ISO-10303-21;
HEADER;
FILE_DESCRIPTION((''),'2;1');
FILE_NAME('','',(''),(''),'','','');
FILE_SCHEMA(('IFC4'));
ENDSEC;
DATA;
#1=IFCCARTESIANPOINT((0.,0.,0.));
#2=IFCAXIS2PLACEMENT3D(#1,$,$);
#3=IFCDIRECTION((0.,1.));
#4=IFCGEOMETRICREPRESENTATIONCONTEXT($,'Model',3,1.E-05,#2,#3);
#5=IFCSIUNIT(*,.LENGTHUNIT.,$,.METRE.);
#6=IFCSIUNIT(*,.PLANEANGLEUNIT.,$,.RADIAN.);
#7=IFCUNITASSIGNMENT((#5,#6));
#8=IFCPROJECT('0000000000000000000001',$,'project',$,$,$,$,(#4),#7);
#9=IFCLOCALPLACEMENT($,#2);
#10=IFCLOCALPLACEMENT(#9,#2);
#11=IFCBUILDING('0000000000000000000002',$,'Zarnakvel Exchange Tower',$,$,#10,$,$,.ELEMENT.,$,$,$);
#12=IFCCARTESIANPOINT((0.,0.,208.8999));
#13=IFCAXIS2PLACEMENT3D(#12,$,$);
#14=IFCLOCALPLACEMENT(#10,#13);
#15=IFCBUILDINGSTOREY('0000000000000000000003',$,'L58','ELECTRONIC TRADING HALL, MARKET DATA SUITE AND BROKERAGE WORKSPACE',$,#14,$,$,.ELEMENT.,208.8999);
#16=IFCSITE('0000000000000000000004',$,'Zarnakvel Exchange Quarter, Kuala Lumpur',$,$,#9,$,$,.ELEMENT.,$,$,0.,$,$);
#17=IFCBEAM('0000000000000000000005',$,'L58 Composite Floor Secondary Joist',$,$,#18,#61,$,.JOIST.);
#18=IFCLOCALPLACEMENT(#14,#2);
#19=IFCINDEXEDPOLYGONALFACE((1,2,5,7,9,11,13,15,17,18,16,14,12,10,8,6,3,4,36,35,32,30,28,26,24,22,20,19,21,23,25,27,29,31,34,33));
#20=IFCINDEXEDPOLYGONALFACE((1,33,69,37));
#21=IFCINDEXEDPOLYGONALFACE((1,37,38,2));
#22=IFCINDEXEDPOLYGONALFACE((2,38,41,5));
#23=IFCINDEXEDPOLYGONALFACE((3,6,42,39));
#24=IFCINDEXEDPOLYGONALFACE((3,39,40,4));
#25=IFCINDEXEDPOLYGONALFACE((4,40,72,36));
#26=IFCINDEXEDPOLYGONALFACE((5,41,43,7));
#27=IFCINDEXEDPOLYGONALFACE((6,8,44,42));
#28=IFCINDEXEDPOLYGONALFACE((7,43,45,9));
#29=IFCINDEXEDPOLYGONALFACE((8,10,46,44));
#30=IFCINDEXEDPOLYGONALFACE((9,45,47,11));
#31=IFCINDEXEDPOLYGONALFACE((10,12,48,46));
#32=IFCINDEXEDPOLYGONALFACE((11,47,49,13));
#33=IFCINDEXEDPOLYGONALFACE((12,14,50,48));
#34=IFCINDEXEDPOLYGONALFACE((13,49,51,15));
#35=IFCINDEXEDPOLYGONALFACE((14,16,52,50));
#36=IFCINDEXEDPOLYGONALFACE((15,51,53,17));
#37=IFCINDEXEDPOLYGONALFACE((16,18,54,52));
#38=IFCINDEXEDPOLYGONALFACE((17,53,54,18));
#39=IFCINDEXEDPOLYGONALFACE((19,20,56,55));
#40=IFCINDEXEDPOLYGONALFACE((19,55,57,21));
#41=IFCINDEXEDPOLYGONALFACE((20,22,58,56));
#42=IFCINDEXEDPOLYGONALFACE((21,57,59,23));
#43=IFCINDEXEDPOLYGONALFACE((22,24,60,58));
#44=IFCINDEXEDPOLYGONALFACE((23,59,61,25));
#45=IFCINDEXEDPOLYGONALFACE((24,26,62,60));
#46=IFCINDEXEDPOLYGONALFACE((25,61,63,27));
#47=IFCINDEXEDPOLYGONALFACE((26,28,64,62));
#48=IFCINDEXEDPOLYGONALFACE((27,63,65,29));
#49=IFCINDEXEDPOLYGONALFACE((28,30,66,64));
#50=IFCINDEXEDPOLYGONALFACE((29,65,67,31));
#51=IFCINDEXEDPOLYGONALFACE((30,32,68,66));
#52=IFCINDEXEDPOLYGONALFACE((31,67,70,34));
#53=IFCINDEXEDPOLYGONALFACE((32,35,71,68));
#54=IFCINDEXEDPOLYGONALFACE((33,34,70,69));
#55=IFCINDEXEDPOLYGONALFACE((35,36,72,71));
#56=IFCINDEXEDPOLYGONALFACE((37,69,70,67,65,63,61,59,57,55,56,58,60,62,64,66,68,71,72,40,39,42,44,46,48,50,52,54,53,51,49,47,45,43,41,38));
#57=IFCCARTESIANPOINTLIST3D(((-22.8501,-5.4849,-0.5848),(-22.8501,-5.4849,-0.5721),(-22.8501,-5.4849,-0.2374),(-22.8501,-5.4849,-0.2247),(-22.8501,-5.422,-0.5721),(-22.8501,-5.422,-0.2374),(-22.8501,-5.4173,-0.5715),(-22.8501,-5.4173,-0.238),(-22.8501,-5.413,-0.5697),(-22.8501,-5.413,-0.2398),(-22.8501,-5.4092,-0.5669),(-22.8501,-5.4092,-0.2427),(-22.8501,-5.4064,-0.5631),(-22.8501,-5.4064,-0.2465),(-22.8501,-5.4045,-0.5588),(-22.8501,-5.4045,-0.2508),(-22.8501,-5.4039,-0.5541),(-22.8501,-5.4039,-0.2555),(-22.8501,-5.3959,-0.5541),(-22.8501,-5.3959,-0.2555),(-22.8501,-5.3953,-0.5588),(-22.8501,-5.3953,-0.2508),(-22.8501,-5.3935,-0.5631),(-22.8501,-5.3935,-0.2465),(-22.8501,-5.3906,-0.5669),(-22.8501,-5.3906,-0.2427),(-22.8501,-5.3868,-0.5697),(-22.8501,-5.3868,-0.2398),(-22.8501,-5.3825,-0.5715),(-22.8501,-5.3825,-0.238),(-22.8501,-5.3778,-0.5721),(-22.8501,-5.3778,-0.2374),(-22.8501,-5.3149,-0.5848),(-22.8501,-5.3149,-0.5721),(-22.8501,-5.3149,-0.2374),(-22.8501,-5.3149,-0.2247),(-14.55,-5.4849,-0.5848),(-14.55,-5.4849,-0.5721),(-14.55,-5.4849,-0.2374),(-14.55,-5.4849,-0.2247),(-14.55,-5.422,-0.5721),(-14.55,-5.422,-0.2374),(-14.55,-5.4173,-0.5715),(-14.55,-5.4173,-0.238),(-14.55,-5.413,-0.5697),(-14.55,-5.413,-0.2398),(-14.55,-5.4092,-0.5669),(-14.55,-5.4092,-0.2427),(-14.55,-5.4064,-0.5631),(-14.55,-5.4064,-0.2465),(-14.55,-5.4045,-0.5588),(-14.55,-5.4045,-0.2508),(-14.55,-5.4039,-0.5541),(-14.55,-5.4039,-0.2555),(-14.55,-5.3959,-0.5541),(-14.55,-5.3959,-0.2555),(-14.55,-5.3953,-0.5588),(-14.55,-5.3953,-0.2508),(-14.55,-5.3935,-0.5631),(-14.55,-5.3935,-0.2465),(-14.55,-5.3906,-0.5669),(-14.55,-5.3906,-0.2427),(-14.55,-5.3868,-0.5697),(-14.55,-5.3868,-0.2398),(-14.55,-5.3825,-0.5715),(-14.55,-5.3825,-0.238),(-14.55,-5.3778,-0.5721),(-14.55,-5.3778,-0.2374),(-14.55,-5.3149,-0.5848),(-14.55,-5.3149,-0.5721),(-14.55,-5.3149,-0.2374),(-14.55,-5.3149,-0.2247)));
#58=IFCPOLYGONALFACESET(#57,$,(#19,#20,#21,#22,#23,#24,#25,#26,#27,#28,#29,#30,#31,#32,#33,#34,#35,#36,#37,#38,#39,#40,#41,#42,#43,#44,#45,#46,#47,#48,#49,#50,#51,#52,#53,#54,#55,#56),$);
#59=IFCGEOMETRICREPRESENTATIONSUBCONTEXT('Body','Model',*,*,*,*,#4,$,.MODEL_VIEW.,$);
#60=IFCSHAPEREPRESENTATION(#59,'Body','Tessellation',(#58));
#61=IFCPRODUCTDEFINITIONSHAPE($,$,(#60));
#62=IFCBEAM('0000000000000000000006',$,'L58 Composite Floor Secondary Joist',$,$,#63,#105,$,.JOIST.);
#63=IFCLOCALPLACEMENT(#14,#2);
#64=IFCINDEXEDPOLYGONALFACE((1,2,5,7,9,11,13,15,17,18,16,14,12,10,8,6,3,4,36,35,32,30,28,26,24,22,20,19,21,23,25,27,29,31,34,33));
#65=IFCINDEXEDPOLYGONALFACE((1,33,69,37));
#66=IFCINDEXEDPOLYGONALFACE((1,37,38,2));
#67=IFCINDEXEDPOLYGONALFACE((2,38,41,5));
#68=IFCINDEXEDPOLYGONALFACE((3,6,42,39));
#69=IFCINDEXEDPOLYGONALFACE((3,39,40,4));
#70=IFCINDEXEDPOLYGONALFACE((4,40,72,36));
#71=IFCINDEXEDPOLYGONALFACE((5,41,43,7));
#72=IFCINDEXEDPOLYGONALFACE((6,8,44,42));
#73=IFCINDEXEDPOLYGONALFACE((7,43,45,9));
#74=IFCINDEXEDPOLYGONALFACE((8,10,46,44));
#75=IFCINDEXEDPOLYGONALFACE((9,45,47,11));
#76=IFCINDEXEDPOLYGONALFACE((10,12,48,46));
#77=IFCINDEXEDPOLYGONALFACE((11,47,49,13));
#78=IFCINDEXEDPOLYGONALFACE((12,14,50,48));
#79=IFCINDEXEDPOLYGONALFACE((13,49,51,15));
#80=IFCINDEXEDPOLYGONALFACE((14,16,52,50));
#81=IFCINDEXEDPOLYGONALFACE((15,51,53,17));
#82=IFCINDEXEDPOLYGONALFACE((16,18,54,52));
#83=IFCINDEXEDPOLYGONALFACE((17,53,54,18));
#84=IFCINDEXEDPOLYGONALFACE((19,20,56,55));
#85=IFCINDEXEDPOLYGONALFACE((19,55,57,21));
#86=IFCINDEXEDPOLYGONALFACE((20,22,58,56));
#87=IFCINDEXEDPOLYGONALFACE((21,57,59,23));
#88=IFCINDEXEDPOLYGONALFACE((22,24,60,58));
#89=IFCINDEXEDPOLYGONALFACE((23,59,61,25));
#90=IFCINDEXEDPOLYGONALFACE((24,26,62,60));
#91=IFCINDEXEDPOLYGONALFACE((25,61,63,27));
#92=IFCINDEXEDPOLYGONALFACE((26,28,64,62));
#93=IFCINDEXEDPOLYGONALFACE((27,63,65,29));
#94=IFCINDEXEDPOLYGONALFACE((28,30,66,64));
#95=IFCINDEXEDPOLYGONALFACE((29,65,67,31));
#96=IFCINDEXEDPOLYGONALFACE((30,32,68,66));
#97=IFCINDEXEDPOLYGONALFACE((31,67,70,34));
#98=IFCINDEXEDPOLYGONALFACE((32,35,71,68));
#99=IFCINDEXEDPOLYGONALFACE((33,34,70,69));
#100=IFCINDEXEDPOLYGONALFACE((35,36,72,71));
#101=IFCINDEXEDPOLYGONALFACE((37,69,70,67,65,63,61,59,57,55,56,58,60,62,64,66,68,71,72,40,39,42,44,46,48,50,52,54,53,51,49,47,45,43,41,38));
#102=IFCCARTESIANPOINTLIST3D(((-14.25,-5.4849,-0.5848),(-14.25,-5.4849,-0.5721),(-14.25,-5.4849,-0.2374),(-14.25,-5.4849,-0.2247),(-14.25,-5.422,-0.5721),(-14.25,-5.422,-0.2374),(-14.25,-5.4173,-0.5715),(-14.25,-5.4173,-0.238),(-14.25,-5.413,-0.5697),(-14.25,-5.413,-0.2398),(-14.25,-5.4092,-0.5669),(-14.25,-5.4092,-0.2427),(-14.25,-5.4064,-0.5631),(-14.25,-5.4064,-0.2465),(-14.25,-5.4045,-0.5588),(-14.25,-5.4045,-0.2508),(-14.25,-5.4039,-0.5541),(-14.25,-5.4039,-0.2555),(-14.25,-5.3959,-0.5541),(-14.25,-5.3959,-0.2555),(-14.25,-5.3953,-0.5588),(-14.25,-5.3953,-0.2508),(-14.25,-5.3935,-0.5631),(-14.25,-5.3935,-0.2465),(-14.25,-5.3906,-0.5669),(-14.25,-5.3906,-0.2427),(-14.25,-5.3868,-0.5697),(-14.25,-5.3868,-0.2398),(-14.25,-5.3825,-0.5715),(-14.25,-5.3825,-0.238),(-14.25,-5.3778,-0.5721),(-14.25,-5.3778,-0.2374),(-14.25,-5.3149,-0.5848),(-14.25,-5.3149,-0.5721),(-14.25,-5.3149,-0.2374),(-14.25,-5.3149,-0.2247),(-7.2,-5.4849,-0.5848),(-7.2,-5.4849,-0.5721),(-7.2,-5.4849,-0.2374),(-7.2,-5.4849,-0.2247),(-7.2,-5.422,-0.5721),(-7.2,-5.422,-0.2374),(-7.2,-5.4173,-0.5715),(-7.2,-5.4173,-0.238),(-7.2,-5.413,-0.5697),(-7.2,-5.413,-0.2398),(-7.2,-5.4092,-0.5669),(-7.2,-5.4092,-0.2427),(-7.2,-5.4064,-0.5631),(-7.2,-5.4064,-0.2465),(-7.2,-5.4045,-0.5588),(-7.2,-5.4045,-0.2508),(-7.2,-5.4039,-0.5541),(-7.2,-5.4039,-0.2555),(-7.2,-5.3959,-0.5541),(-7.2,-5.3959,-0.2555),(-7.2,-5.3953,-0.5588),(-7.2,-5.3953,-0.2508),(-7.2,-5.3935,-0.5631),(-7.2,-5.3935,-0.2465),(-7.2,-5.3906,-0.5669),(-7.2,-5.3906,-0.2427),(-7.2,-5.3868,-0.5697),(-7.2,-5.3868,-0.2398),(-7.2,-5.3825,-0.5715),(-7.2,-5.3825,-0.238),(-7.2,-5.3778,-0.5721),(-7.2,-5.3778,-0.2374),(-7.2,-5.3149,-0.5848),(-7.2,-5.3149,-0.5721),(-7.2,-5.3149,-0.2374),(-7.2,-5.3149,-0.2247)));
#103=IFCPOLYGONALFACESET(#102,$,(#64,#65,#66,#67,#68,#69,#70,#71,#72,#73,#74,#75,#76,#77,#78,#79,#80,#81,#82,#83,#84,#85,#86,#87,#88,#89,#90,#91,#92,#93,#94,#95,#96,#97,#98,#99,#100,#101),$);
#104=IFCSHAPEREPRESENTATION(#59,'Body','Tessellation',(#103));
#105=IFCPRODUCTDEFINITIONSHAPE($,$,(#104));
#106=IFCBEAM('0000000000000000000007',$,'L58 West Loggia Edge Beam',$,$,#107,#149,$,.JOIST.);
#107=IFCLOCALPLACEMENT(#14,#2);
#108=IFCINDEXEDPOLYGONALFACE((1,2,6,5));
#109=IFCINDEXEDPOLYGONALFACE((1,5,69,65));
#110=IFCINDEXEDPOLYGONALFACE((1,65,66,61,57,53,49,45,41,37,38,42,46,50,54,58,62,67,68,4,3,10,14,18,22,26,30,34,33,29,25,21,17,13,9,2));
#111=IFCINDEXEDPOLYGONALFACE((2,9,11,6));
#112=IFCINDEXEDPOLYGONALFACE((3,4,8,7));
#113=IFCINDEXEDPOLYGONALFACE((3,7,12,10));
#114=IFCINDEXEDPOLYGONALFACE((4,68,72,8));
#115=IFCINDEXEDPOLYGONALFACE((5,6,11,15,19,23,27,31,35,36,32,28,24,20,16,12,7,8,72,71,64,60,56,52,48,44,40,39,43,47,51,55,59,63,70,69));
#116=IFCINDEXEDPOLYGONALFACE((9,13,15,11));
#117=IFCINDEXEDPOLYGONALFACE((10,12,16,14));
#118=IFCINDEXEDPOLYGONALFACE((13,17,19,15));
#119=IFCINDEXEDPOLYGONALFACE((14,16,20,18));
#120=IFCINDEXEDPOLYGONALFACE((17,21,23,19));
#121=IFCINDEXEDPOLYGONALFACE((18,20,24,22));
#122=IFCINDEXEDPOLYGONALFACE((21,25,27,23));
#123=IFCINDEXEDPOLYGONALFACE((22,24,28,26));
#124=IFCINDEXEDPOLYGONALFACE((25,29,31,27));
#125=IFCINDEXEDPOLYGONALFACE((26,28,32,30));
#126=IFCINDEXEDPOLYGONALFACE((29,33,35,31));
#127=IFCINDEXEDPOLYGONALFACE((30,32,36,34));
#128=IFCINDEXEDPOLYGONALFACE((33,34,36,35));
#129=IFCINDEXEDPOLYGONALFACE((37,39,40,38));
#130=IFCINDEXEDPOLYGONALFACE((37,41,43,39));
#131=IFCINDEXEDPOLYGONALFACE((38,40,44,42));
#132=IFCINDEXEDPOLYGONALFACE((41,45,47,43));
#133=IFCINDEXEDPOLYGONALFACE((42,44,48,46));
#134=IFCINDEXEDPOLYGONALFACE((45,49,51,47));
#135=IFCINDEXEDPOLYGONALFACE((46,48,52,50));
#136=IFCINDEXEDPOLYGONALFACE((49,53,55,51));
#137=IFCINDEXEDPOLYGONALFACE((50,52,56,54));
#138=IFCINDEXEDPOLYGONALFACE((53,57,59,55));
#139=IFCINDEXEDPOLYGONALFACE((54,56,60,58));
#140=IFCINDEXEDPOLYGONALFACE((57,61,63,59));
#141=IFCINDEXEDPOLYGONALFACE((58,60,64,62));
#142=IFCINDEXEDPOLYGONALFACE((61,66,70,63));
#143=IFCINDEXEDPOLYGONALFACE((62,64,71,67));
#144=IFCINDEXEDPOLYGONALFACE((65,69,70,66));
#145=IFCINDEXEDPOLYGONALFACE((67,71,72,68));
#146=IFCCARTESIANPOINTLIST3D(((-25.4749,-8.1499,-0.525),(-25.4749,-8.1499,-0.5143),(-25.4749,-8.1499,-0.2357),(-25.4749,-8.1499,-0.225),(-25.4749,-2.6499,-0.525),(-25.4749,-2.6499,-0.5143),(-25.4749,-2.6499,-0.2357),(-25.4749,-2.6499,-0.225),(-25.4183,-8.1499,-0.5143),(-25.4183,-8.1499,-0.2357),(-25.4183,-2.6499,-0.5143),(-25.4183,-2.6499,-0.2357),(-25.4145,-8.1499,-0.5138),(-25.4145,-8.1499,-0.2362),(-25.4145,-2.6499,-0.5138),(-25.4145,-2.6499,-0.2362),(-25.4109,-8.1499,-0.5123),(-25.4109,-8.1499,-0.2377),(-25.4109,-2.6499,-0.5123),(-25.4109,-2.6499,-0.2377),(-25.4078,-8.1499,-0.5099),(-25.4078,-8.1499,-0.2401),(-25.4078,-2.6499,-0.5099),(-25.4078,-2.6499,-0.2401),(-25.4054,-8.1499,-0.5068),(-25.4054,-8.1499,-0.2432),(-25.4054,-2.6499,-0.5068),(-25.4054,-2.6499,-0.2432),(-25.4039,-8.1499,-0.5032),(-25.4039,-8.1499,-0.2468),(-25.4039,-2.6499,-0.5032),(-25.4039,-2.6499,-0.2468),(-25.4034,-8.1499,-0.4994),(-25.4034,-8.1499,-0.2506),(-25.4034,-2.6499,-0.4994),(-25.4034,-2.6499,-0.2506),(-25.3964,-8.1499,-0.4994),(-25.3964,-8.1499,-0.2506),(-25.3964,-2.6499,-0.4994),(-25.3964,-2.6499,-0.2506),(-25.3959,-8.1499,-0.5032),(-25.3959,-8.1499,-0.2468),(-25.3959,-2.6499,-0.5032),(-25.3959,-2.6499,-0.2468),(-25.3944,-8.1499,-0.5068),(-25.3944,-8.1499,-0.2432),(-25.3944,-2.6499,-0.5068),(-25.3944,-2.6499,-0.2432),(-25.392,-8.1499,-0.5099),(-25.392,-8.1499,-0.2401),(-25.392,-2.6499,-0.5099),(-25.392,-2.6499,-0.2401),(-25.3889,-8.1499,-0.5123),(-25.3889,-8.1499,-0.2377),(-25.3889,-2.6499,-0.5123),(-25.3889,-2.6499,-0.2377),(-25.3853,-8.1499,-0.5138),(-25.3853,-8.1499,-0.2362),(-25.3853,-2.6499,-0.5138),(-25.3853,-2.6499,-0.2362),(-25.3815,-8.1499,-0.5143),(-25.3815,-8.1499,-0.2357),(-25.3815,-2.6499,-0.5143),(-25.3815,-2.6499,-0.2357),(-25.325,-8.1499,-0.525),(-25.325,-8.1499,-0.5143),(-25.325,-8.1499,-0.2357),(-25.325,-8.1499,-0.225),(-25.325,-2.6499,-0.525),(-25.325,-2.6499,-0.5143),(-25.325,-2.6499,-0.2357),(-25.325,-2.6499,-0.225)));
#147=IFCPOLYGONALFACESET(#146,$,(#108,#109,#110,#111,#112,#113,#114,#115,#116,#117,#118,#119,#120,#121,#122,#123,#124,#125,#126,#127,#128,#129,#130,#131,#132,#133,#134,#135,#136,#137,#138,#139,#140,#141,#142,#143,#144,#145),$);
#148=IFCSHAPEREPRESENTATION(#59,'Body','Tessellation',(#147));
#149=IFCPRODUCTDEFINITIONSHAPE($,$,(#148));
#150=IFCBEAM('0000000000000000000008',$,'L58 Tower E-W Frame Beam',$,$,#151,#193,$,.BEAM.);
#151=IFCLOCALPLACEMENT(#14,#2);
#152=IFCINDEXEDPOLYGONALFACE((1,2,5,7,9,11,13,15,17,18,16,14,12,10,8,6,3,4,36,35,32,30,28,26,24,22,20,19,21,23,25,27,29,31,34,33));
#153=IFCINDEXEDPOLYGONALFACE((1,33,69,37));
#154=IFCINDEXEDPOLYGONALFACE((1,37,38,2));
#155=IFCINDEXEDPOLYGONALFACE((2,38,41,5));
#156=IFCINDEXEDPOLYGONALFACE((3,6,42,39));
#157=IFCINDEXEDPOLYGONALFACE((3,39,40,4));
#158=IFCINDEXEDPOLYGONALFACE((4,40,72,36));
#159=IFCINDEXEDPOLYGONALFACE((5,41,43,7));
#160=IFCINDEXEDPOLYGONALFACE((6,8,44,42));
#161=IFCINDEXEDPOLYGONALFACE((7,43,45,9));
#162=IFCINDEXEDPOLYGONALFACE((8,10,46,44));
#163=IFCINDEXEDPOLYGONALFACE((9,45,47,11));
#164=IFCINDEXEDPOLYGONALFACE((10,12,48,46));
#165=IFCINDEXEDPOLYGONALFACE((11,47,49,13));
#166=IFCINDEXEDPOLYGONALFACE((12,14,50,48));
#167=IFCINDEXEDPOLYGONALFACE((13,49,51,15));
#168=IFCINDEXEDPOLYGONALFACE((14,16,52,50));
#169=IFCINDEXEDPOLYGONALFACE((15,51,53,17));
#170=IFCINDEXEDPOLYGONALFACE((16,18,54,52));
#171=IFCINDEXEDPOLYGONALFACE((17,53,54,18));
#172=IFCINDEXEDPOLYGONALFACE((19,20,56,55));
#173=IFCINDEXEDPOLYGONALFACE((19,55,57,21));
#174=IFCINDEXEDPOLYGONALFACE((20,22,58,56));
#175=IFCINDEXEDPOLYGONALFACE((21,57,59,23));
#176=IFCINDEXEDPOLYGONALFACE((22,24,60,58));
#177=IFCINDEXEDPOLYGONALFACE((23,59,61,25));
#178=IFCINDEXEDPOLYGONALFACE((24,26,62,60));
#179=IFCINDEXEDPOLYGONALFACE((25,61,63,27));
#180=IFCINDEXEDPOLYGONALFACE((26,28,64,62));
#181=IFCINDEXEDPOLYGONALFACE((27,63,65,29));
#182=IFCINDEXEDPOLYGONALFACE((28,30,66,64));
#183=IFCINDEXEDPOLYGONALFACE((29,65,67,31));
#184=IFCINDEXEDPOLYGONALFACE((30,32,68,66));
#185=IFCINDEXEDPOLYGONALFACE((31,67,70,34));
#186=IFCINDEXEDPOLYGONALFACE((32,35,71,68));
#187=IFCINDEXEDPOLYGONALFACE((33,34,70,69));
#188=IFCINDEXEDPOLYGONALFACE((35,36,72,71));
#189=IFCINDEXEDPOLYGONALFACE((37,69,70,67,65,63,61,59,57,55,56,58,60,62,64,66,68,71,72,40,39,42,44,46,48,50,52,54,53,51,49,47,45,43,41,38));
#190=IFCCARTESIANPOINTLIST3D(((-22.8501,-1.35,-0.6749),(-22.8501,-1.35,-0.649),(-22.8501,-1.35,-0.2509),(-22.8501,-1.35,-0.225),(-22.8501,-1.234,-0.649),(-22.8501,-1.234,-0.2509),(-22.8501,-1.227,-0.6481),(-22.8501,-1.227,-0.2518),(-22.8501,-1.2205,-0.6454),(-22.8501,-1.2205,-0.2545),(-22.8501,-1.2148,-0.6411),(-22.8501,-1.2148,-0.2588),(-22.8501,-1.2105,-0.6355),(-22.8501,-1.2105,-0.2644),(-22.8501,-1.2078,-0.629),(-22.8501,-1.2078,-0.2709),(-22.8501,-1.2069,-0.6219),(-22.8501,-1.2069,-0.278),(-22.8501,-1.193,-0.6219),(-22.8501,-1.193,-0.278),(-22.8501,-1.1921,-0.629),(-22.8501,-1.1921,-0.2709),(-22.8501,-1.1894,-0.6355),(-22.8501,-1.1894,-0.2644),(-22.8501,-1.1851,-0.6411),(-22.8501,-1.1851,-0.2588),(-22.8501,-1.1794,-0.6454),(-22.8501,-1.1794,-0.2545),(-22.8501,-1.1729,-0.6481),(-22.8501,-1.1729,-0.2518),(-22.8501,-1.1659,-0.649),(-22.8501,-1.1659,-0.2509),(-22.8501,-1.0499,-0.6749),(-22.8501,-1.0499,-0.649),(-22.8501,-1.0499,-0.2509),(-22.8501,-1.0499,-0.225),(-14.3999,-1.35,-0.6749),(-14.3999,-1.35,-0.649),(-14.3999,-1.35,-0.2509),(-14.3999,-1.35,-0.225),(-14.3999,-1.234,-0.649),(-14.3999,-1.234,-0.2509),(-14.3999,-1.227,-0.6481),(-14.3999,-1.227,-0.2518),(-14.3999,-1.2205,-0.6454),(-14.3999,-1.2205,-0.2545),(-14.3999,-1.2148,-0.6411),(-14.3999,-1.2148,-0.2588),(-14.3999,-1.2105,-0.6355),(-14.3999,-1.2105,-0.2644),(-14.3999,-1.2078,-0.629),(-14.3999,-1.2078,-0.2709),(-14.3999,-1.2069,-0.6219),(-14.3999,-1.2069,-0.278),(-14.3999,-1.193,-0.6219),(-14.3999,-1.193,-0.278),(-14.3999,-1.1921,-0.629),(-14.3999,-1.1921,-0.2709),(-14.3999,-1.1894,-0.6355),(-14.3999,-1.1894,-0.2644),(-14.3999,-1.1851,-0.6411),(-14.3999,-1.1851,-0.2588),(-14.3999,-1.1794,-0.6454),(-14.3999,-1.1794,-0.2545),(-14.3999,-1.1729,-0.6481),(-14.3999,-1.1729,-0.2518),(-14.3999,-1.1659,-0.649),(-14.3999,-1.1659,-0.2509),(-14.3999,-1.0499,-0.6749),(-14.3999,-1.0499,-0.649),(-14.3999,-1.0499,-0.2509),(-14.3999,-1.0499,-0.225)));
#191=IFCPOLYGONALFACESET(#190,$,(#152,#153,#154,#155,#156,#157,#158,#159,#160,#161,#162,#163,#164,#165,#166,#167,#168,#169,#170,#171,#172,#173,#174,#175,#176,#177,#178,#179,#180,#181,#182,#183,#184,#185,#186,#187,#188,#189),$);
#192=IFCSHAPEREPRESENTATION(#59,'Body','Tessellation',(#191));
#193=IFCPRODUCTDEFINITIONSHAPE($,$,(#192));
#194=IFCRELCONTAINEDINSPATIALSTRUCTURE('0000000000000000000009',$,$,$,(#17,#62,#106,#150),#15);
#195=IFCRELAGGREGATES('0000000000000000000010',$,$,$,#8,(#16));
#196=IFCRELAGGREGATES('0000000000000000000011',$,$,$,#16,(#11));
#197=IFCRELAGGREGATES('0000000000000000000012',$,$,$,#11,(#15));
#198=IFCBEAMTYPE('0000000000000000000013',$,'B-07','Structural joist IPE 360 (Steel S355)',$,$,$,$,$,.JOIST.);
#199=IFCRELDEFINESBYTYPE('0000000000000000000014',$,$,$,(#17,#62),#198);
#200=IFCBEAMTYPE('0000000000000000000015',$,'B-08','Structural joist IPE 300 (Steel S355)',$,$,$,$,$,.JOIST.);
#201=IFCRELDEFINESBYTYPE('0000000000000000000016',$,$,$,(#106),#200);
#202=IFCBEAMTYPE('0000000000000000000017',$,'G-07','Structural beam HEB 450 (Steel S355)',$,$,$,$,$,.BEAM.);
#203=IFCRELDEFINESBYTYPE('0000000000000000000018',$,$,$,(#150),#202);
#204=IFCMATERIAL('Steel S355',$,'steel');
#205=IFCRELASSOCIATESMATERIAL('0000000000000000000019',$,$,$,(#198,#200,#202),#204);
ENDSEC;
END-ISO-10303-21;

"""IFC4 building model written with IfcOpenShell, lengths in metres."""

from ifc_helpers import new_model, si_unit, direction, frame, origin, origin_2d, place, context, subcontext, project, spatial, i_section, extrude, material, material_profile, profile_set, type_object, element, save


model = new_model("IFC4")

# Units and contexts
model_context = context("Model", 3, precision=1e-05, world=origin(), true_north=direction((0.0, 1.0)))
body_context = subcontext(model_context, "Body", "Model", "MODEL_VIEW")
ifc_project = project(units=[si_unit("LENGTHUNIT", "METRE"), si_unit("PLANEANGLEUNIT", "RADIAN")], contexts=[model_context])

# Site, building, storey
site_placement = place(None, origin())
site = spatial("IfcSite", under=ifc_project, at=site_placement, Name="Zarnakvel Exchange Quarter, Kuala Lumpur", CompositionType="ELEMENT", RefElevation=0.0)
building_placement = place(site_placement, origin())
building = spatial("IfcBuilding", under=site, at=building_placement, Name="Zarnakvel Exchange Tower", CompositionType="ELEMENT")
storey_placement = place(building_placement, frame((0.0, 0.0, 208.8999)))
storey = spatial("IfcBuildingStorey", under=building, at=storey_placement, Name="L58", Description="ELECTRONIC TRADING HALL, MARKET DATA SUITE AND BROKERAGE WORKSPACE", CompositionType="ELEMENT", Elevation=208.8999)

# Shared definitions
ifc_material_1 = material(Name="Steel S355", Category="steel")

# Beams
ifc_material_profile_1 = material_profile(ifc_material_1, i_section(OverallWidth=0.1699, OverallDepth=0.3601, WebThickness=0.0081, FlangeThickness=0.0127, FilletRadius=0.0181, at=origin_2d()))
ifc_profile_set_1 = profile_set([ifc_material_profile_1], Name="Steel S355")
beam_type_1 = type_object("IfcBeamType", Name="B-07", Description="Structural joist IPE 360 (Steel S355)", PredefinedType="JOIST", material=ifc_profile_set_1)
beam_1_placement = place(storey_placement, frame((-22.8501, -5.3999, -0.4048), z_axis=(1.0, 0.0, 0.0), x_axis=(0.0, 1.0, 0.0)))
element("IfcBeam", 1, at=beam_1_placement, inside=storey, type_object=beam_type_1, Name="L58 Composite Floor Secondary Joist", PredefinedType="JOIST", context=body_context, shape_type="SweptSolid", body=[
    extrude(i_section(OverallWidth=0.1699, OverallDepth=0.3601, WebThickness=0.0081, FlangeThickness=0.0127, FilletRadius=0.0181, at=origin_2d()), origin(), (0.0, 0.0, 1.0), 8.3),
])
beam_2_placement = place(storey_placement, frame((-14.25, -5.3999, -0.4048), z_axis=(1.0, 0.0, 0.0), x_axis=(0.0, 1.0, 0.0)))
element("IfcBeam", 2, at=beam_2_placement, inside=storey, type_object=beam_type_1, Name="L58 Composite Floor Secondary Joist", PredefinedType="JOIST", context=body_context, shape_type="SweptSolid", body=[
    extrude(i_section(OverallWidth=0.1699, OverallDepth=0.3601, WebThickness=0.0081, FlangeThickness=0.0127, FilletRadius=0.0181, at=origin_2d()), origin(), (0.0, 0.0, 1.0), 7.05),
])
ifc_material_profile_2 = material_profile(ifc_material_1, i_section(OverallWidth=0.1499, OverallDepth=0.3, WebThickness=0.0071, FlangeThickness=0.0107, FilletRadius=0.0149, at=origin_2d()))
ifc_profile_set_2 = profile_set([ifc_material_profile_2], Name="Steel S355")
beam_type_2 = type_object("IfcBeamType", Name="B-08", Description="Structural joist IPE 300 (Steel S355)", PredefinedType="JOIST", material=ifc_profile_set_2)
beam_3_placement = place(storey_placement, frame((-25.3999, -8.1499, -0.375), z_axis=(0.0, 1.0, 0.0), x_axis=(-1.0, 0.0, 0.0)))
element("IfcBeam", 3, at=beam_3_placement, inside=storey, type_object=beam_type_2, Name="L58 West Loggia Edge Beam", PredefinedType="JOIST", context=body_context, shape_type="SweptSolid", body=[
    extrude(i_section(OverallWidth=0.1499, OverallDepth=0.3, WebThickness=0.0071, FlangeThickness=0.0107, FilletRadius=0.0149, at=origin_2d()), origin(), (0.0, 0.0, 1.0), 5.5),
])
ifc_material_profile_3 = material_profile(ifc_material_1, i_section(OverallWidth=0.3, OverallDepth=0.45, WebThickness=0.0139, FlangeThickness=0.0259, FilletRadius=0.0271, at=origin_2d()))
ifc_profile_set_3 = profile_set([ifc_material_profile_3], Name="Steel S355")
beam_type_3 = type_object("IfcBeamType", Name="G-07", Description="Structural beam HEB 450 (Steel S355)", PredefinedType="BEAM", material=ifc_profile_set_3)
beam_4_placement = place(storey_placement, frame((-22.8501, -1.2, -0.45), z_axis=(1.0, 0.0, 0.0), x_axis=(0.0, 1.0, 0.0)))
element("IfcBeam", 4, at=beam_4_placement, inside=storey, type_object=beam_type_3, Name="L58 Tower E-W Frame Beam", PredefinedType="BEAM", context=body_context, shape_type="SweptSolid", body=[
    extrude(i_section(OverallWidth=0.3, OverallDepth=0.45, WebThickness=0.0139, FlangeThickness=0.0259, FilletRadius=0.0271, at=origin_2d()), origin(), (0.0, 0.0, 1.0), 8.4502),
])

save(model, "model.ifc")
